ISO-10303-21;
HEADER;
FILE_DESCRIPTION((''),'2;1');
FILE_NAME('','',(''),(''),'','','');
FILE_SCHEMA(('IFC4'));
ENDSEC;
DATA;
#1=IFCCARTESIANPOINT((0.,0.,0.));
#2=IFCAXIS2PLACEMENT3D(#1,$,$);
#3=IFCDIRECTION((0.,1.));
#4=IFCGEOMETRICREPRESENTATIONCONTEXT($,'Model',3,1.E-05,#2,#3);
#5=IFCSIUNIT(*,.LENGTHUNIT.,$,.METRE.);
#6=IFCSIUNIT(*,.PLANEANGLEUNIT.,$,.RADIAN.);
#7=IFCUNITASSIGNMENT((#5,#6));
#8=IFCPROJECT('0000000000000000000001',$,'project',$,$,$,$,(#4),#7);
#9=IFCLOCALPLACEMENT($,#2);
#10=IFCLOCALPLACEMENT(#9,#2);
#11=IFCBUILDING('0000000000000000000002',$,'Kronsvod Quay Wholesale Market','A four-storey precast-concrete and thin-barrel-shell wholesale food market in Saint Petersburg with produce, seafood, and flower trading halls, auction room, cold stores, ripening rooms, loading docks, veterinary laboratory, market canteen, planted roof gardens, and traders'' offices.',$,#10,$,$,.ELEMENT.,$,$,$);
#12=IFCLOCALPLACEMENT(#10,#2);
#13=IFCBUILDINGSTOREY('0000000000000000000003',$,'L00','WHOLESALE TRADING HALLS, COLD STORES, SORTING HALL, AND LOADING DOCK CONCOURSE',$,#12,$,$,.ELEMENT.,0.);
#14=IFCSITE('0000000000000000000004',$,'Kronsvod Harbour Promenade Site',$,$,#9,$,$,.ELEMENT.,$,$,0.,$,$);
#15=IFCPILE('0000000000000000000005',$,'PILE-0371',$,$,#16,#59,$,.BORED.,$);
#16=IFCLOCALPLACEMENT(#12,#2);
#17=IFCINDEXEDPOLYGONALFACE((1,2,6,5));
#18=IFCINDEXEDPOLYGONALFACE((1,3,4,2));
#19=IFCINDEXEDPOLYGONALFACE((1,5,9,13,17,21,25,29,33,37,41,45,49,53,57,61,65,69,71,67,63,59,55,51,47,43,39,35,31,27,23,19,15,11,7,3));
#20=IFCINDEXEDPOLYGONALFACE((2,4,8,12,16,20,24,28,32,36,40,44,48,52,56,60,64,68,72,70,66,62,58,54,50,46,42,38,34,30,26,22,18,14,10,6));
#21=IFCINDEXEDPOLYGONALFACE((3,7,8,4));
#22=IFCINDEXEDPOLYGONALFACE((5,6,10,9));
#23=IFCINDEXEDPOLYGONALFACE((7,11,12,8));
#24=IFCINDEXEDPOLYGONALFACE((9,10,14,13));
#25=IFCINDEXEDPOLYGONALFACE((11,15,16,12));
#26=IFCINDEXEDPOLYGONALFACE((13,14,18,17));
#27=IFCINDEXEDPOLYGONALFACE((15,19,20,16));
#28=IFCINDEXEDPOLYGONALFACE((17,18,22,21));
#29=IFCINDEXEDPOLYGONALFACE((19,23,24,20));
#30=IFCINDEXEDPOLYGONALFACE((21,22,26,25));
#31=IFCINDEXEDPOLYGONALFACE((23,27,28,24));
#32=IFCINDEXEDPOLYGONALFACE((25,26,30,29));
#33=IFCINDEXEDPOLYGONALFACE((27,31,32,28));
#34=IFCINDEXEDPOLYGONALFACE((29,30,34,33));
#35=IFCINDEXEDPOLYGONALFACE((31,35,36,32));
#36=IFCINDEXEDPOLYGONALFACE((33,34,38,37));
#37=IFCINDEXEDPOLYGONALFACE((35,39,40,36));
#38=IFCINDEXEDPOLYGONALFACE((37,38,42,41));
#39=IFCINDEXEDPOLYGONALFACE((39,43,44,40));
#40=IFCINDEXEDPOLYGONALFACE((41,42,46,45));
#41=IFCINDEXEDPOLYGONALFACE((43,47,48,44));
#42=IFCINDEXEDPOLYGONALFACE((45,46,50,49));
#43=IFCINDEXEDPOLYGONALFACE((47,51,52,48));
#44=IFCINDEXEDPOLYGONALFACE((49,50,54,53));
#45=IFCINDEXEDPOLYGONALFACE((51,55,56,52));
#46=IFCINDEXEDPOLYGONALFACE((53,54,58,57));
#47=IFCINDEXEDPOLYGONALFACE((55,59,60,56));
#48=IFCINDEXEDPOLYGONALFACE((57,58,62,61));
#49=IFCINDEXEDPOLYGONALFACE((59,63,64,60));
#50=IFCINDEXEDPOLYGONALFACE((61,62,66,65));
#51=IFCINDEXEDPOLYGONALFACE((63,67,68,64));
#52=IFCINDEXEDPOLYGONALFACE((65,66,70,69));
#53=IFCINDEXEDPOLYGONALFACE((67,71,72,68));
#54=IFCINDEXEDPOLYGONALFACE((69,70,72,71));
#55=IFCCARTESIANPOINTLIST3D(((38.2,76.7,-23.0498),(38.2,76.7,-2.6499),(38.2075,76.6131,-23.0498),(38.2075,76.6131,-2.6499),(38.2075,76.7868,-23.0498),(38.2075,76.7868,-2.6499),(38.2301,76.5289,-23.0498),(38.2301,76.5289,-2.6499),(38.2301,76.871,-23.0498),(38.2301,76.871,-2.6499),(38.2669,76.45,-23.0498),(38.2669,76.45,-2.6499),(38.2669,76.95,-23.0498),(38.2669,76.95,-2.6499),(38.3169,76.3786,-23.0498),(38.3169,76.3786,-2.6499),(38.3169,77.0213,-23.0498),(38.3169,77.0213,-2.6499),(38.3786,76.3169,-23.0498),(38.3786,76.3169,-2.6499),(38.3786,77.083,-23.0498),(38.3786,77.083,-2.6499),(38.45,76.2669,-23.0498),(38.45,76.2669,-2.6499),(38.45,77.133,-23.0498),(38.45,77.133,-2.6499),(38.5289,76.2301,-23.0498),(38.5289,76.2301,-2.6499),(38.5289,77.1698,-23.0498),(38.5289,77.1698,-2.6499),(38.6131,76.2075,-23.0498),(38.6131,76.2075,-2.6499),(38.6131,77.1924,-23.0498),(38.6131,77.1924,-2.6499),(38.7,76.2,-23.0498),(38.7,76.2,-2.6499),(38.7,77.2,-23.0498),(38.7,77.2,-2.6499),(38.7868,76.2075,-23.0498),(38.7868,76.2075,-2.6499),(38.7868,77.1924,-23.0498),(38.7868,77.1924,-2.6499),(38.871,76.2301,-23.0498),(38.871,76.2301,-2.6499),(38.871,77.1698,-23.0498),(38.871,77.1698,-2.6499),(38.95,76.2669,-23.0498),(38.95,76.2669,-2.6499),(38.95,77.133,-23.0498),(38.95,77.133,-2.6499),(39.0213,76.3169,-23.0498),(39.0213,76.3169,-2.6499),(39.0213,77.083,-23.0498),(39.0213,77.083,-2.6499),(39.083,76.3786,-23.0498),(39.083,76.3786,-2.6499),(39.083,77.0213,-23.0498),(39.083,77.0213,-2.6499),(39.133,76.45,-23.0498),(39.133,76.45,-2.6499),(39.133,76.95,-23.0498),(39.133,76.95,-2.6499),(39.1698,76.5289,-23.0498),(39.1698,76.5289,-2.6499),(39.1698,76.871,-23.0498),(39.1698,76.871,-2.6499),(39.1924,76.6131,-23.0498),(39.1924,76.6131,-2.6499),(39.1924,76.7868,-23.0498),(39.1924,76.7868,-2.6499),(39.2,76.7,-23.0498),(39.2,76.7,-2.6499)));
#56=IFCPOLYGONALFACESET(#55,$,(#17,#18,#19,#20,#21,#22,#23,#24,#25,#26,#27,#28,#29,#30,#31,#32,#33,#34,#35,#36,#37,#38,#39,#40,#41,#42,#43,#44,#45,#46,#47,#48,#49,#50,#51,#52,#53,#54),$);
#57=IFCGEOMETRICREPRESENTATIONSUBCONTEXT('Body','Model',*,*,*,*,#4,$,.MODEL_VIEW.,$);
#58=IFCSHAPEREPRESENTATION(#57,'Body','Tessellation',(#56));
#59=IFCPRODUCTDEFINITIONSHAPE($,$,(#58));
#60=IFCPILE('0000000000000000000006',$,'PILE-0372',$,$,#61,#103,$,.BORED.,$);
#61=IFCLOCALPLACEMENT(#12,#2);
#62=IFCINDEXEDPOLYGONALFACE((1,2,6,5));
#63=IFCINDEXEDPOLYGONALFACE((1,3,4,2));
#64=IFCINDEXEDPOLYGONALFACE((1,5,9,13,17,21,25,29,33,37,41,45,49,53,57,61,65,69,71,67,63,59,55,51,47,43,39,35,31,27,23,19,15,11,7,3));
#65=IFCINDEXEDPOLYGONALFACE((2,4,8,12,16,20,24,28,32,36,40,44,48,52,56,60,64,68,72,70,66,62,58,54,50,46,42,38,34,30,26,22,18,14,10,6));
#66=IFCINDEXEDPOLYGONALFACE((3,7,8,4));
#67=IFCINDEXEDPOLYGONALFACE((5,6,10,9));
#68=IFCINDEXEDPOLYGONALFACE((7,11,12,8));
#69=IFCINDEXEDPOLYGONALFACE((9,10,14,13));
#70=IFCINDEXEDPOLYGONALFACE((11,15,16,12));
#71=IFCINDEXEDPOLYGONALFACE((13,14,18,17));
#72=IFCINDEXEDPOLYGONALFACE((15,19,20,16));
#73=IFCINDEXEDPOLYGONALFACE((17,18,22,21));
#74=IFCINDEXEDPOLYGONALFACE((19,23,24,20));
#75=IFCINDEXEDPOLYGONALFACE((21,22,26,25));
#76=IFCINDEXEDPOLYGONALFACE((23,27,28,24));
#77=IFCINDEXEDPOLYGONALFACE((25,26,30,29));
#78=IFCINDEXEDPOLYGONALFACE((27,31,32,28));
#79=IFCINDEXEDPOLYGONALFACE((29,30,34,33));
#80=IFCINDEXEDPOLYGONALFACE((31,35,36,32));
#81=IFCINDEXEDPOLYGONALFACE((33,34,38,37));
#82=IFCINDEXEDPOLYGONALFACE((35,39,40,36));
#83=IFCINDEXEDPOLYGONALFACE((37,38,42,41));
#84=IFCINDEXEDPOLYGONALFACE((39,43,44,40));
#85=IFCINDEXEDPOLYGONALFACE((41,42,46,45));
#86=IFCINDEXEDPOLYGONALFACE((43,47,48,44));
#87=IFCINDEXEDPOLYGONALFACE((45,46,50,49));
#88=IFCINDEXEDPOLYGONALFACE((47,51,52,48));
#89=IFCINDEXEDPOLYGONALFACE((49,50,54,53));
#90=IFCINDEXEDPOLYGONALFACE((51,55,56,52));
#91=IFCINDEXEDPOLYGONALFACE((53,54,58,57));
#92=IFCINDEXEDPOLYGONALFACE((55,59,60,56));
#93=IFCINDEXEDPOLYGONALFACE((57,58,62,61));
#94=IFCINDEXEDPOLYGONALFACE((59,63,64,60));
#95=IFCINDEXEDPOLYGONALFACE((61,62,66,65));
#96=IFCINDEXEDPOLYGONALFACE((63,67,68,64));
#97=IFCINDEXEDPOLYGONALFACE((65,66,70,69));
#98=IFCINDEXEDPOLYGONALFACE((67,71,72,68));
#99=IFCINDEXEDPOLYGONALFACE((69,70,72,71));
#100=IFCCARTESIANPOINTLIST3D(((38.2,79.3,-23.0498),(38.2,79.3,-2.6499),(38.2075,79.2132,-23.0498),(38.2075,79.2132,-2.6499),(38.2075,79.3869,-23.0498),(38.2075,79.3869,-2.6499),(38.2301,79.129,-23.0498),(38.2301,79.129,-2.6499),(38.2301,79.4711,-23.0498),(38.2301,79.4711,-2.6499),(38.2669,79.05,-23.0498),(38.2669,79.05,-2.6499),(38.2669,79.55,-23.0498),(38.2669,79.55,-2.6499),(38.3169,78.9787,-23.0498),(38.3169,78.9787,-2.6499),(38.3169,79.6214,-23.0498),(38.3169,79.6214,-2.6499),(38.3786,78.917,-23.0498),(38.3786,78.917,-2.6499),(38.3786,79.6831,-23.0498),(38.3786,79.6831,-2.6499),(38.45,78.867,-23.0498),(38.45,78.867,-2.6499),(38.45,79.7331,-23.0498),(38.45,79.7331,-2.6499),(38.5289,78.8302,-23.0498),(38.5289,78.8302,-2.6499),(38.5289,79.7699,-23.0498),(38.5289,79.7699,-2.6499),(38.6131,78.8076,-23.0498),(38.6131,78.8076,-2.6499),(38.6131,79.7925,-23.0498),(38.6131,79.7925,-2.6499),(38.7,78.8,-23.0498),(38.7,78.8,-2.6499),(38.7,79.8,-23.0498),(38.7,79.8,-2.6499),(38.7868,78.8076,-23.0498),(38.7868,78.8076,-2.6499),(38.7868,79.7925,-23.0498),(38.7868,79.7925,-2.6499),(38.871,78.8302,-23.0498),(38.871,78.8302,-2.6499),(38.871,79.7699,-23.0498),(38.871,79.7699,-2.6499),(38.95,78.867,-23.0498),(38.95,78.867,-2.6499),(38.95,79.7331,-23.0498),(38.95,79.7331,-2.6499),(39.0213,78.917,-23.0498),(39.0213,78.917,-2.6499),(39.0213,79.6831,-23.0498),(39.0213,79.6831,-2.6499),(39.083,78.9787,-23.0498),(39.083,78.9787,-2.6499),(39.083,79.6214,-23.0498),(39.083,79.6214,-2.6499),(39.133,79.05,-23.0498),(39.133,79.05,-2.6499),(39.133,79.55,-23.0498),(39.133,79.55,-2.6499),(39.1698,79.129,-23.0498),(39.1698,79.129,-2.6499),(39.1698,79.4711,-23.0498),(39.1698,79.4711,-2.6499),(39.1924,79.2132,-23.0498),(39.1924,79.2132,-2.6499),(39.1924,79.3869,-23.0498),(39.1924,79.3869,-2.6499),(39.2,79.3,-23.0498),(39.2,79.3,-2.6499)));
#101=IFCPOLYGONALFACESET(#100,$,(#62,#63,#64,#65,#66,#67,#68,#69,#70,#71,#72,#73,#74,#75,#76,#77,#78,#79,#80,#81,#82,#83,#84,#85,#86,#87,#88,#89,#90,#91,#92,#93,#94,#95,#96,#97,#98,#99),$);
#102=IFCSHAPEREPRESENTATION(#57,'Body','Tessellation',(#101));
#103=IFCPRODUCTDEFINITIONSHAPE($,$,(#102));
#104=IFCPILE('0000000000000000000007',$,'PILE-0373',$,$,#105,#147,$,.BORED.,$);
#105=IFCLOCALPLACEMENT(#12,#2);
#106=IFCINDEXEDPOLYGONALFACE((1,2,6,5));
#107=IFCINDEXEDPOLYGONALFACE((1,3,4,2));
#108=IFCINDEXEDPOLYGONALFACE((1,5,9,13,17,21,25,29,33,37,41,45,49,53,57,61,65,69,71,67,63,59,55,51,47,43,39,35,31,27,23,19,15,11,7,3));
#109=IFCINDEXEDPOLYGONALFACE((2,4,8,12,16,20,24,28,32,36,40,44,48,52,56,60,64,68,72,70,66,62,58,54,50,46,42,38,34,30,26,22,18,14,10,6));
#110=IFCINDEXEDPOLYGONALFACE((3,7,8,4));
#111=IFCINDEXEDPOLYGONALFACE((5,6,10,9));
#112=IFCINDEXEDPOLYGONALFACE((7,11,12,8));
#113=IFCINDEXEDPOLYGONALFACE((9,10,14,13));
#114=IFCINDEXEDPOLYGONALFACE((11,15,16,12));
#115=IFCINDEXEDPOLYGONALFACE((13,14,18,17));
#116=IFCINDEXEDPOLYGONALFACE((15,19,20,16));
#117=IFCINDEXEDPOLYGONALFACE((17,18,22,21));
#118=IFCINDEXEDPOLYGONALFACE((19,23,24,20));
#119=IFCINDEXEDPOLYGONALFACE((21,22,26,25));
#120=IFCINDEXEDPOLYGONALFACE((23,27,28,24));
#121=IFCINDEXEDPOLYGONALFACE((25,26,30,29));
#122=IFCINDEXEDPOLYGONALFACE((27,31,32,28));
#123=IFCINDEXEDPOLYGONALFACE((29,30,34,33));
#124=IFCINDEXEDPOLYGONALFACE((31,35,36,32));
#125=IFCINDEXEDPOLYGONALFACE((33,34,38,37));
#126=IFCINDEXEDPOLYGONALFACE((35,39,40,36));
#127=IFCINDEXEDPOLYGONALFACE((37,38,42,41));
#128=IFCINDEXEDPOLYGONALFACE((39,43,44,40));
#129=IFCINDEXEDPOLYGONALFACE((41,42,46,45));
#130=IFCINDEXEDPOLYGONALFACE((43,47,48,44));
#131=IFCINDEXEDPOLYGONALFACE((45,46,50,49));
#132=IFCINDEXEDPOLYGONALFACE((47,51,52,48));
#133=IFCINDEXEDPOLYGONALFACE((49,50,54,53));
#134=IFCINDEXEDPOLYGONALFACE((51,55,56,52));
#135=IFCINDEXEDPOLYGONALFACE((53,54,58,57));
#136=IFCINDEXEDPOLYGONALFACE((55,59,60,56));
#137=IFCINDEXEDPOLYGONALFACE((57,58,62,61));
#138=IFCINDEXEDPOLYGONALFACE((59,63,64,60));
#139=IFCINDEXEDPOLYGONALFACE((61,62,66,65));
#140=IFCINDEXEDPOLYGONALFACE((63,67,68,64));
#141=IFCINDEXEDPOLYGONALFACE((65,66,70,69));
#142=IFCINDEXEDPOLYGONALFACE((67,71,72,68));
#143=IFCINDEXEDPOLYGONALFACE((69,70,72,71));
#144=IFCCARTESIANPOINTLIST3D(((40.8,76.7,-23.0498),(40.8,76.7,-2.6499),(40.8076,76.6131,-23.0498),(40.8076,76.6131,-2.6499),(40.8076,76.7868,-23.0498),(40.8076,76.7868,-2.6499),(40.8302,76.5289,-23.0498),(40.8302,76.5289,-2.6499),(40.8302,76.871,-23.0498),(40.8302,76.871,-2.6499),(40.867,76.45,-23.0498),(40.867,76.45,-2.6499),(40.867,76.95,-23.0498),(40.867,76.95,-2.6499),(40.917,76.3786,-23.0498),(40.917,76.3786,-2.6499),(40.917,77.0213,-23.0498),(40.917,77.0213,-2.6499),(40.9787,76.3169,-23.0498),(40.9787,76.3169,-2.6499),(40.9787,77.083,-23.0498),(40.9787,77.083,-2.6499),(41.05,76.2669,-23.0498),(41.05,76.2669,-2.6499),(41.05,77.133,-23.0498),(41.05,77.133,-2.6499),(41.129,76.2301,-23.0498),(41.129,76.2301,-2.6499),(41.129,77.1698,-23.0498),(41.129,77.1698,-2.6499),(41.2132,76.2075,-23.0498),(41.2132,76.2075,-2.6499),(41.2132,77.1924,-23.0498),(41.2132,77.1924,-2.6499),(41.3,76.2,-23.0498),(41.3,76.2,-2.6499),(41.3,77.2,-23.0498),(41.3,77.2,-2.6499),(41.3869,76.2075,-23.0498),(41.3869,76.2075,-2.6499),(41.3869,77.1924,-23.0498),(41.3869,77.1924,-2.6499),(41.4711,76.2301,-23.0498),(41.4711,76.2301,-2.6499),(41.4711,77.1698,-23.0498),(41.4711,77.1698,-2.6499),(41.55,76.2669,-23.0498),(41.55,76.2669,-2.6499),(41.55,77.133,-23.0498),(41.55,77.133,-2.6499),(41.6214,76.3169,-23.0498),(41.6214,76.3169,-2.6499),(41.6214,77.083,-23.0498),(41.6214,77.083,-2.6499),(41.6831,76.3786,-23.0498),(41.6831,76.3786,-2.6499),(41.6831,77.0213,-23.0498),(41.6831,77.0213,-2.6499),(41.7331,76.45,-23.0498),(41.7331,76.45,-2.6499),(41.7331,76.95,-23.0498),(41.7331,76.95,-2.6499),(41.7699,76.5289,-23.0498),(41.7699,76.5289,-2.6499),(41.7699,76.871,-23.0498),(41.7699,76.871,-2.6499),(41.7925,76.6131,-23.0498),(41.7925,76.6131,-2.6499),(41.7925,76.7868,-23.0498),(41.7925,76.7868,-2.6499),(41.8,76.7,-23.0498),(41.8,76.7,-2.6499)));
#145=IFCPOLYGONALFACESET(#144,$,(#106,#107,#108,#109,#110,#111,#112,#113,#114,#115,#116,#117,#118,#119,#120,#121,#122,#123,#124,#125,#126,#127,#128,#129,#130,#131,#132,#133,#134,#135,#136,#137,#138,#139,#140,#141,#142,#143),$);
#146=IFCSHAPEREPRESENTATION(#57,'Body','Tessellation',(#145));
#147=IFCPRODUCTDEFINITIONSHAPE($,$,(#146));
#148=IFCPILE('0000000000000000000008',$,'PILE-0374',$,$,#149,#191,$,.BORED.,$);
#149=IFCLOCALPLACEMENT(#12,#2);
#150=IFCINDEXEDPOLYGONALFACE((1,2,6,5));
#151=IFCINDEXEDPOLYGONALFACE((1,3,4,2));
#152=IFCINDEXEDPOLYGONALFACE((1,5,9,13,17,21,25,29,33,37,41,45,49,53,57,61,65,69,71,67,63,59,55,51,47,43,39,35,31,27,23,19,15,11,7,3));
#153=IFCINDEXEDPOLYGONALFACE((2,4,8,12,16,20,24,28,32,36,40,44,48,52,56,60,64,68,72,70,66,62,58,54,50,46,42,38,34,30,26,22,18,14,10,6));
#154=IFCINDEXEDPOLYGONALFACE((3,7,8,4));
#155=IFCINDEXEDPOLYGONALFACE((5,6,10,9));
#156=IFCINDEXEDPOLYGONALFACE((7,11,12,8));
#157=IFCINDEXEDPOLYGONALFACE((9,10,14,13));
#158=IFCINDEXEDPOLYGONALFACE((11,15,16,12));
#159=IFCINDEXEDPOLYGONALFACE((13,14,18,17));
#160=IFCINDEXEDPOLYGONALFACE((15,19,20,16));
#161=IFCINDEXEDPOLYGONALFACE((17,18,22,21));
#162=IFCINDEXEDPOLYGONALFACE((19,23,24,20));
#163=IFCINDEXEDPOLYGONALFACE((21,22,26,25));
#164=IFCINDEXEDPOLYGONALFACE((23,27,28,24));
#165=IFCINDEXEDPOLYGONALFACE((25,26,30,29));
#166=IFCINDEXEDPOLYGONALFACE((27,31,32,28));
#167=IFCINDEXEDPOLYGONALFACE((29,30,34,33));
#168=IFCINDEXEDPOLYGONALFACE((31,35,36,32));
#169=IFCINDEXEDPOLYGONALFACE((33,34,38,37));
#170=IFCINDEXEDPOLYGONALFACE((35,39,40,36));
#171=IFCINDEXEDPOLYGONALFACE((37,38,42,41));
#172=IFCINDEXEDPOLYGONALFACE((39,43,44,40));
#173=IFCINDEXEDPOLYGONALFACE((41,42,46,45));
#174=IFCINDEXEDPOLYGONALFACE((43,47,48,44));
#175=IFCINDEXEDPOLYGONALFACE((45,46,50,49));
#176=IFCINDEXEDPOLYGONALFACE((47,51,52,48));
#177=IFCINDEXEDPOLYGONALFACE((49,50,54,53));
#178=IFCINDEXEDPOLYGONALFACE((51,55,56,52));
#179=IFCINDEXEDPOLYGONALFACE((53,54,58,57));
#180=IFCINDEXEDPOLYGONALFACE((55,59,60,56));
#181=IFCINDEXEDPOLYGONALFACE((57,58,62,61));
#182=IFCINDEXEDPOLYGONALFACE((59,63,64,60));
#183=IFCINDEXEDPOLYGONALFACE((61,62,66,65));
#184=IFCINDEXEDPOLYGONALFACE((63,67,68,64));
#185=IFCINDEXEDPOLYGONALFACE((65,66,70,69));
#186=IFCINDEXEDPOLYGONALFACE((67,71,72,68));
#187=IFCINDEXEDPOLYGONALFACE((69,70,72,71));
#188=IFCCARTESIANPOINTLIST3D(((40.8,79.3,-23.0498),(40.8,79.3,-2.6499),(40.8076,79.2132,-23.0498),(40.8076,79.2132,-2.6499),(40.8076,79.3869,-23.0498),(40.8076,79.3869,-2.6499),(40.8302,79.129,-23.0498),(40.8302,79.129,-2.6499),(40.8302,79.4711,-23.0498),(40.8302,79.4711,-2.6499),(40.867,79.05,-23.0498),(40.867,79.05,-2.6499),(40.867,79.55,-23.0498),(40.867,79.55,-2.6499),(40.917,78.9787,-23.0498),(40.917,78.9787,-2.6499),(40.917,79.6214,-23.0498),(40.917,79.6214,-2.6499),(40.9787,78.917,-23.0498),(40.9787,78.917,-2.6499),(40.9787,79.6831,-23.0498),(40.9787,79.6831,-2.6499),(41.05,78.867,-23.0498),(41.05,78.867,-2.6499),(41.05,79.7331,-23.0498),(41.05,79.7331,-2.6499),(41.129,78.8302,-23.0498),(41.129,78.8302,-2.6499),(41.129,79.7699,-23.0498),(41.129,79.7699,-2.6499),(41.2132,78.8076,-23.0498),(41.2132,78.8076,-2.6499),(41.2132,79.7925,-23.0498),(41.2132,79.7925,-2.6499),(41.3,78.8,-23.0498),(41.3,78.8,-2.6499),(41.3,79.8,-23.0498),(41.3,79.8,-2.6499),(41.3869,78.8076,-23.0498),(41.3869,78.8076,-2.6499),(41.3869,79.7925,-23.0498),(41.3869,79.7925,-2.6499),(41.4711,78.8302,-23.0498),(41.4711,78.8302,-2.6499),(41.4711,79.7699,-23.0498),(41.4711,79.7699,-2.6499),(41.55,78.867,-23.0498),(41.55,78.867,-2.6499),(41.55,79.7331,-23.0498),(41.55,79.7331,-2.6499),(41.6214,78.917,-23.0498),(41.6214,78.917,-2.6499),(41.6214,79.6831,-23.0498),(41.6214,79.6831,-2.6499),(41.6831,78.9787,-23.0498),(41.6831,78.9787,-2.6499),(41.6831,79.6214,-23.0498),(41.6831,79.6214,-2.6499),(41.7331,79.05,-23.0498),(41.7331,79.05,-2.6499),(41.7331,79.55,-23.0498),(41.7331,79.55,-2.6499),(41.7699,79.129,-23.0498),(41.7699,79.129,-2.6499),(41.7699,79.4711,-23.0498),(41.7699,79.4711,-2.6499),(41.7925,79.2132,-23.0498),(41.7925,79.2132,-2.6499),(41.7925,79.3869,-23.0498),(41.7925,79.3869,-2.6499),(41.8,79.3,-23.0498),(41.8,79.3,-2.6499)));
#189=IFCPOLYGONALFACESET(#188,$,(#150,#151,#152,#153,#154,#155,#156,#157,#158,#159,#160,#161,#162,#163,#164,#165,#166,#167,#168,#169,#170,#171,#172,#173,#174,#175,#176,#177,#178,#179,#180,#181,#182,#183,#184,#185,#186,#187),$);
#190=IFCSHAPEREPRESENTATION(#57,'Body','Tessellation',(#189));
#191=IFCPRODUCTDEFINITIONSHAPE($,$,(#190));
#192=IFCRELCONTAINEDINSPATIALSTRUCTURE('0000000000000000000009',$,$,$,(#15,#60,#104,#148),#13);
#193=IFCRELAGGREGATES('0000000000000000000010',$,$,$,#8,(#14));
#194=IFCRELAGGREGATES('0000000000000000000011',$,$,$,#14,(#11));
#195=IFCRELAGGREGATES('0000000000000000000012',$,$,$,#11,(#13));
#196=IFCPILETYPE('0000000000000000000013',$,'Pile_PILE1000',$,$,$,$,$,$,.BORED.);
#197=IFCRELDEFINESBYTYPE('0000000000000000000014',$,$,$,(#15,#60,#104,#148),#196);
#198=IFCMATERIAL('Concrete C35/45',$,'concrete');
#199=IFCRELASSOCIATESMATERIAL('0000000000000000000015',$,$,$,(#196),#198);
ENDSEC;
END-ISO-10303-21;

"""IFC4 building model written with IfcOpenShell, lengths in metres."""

from ifc_helpers import new_model, si_unit, direction, frame, origin, origin_2d, place, context, subcontext, project, spatial, circle, extrude, material, material_profile, profile_set, type_object, element, save


model = new_model("IFC4")

# Units and contexts
model_context = context("Model", 3, precision=1e-05, world=origin(), true_north=direction((0.0, 1.0)))
body_context = subcontext(model_context, "Body", "Model", "MODEL_VIEW")
ifc_project = project(units=[si_unit("LENGTHUNIT", "METRE"), si_unit("PLANEANGLEUNIT", "RADIAN")], contexts=[model_context])

# Site, building, storey
site_placement = place(None, origin())
site = spatial("IfcSite", under=ifc_project, at=site_placement, Name="Kronsvod Harbour Promenade Site", CompositionType="ELEMENT", RefElevation=0.0)
building_placement = place(site_placement, origin())
building = spatial("IfcBuilding", under=site, at=building_placement, Name="Kronsvod Quay Wholesale Market", Description="A four-storey precast-concrete and thin-barrel-shell wholesale food market in Saint Petersburg with produce, seafood, and flower trading halls, auction room, cold stores, ripening rooms, loading docks, veterinary laboratory, market canteen, planted roof gardens, and traders' offices.", CompositionType="ELEMENT")
storey_placement = place(building_placement, origin())
storey = spatial("IfcBuildingStorey", under=building, at=storey_placement, Name="L00", Description="WHOLESALE TRADING HALLS, COLD STORES, SORTING HALL, AND LOADING DOCK CONCOURSE", CompositionType="ELEMENT", Elevation=0.0)

# Piles
ifc_material_1 = material(Name="Concrete C35/45", Category="concrete")
ifc_material_profile_1 = material_profile(ifc_material_1, circle(Radius=0.5, at=origin_2d()), Name="PILE1000")
ifc_profile_set_1 = profile_set([ifc_material_profile_1], Name="Concrete C35/45")
pile_type_1 = type_object("IfcPileType", Name="Pile_PILE1000", PredefinedType="BORED", material=ifc_profile_set_1)
for number, where, z_axis, x_axis, name in (
    (1, (38.7, 76.7, -2.6499), (0.0, 0.0, -1.0), (1.0, 0.0, 0.0), "PILE-0371"),
    (2, (38.7, 79.3, -2.6499), (0.0, 0.0, -1.0), (1.0, 0.0, 0.0), "PILE-0372"),
    (3, (41.3, 76.7, -2.6499), (0.0, 0.0, -1.0), (1.0, 0.0, 0.0), "PILE-0373"),
    (4, (41.3, 79.3, -2.6499), (0.0, 0.0, -1.0), (1.0, 0.0, 0.0), "PILE-0374"),
):
    element("IfcPile", number, at=place(storey_placement, frame(where, z_axis=z_axis, x_axis=x_axis)), inside=storey, type_object=pile_type_1, Name=name, PredefinedType="BORED", context=body_context, shape_type="SweptSolid", body=[
        extrude(circle(Radius=0.5, at=origin_2d()), origin(), (0.0, 0.0, 1.0), 20.3999),
    ])

save(model, "model.ifc")
